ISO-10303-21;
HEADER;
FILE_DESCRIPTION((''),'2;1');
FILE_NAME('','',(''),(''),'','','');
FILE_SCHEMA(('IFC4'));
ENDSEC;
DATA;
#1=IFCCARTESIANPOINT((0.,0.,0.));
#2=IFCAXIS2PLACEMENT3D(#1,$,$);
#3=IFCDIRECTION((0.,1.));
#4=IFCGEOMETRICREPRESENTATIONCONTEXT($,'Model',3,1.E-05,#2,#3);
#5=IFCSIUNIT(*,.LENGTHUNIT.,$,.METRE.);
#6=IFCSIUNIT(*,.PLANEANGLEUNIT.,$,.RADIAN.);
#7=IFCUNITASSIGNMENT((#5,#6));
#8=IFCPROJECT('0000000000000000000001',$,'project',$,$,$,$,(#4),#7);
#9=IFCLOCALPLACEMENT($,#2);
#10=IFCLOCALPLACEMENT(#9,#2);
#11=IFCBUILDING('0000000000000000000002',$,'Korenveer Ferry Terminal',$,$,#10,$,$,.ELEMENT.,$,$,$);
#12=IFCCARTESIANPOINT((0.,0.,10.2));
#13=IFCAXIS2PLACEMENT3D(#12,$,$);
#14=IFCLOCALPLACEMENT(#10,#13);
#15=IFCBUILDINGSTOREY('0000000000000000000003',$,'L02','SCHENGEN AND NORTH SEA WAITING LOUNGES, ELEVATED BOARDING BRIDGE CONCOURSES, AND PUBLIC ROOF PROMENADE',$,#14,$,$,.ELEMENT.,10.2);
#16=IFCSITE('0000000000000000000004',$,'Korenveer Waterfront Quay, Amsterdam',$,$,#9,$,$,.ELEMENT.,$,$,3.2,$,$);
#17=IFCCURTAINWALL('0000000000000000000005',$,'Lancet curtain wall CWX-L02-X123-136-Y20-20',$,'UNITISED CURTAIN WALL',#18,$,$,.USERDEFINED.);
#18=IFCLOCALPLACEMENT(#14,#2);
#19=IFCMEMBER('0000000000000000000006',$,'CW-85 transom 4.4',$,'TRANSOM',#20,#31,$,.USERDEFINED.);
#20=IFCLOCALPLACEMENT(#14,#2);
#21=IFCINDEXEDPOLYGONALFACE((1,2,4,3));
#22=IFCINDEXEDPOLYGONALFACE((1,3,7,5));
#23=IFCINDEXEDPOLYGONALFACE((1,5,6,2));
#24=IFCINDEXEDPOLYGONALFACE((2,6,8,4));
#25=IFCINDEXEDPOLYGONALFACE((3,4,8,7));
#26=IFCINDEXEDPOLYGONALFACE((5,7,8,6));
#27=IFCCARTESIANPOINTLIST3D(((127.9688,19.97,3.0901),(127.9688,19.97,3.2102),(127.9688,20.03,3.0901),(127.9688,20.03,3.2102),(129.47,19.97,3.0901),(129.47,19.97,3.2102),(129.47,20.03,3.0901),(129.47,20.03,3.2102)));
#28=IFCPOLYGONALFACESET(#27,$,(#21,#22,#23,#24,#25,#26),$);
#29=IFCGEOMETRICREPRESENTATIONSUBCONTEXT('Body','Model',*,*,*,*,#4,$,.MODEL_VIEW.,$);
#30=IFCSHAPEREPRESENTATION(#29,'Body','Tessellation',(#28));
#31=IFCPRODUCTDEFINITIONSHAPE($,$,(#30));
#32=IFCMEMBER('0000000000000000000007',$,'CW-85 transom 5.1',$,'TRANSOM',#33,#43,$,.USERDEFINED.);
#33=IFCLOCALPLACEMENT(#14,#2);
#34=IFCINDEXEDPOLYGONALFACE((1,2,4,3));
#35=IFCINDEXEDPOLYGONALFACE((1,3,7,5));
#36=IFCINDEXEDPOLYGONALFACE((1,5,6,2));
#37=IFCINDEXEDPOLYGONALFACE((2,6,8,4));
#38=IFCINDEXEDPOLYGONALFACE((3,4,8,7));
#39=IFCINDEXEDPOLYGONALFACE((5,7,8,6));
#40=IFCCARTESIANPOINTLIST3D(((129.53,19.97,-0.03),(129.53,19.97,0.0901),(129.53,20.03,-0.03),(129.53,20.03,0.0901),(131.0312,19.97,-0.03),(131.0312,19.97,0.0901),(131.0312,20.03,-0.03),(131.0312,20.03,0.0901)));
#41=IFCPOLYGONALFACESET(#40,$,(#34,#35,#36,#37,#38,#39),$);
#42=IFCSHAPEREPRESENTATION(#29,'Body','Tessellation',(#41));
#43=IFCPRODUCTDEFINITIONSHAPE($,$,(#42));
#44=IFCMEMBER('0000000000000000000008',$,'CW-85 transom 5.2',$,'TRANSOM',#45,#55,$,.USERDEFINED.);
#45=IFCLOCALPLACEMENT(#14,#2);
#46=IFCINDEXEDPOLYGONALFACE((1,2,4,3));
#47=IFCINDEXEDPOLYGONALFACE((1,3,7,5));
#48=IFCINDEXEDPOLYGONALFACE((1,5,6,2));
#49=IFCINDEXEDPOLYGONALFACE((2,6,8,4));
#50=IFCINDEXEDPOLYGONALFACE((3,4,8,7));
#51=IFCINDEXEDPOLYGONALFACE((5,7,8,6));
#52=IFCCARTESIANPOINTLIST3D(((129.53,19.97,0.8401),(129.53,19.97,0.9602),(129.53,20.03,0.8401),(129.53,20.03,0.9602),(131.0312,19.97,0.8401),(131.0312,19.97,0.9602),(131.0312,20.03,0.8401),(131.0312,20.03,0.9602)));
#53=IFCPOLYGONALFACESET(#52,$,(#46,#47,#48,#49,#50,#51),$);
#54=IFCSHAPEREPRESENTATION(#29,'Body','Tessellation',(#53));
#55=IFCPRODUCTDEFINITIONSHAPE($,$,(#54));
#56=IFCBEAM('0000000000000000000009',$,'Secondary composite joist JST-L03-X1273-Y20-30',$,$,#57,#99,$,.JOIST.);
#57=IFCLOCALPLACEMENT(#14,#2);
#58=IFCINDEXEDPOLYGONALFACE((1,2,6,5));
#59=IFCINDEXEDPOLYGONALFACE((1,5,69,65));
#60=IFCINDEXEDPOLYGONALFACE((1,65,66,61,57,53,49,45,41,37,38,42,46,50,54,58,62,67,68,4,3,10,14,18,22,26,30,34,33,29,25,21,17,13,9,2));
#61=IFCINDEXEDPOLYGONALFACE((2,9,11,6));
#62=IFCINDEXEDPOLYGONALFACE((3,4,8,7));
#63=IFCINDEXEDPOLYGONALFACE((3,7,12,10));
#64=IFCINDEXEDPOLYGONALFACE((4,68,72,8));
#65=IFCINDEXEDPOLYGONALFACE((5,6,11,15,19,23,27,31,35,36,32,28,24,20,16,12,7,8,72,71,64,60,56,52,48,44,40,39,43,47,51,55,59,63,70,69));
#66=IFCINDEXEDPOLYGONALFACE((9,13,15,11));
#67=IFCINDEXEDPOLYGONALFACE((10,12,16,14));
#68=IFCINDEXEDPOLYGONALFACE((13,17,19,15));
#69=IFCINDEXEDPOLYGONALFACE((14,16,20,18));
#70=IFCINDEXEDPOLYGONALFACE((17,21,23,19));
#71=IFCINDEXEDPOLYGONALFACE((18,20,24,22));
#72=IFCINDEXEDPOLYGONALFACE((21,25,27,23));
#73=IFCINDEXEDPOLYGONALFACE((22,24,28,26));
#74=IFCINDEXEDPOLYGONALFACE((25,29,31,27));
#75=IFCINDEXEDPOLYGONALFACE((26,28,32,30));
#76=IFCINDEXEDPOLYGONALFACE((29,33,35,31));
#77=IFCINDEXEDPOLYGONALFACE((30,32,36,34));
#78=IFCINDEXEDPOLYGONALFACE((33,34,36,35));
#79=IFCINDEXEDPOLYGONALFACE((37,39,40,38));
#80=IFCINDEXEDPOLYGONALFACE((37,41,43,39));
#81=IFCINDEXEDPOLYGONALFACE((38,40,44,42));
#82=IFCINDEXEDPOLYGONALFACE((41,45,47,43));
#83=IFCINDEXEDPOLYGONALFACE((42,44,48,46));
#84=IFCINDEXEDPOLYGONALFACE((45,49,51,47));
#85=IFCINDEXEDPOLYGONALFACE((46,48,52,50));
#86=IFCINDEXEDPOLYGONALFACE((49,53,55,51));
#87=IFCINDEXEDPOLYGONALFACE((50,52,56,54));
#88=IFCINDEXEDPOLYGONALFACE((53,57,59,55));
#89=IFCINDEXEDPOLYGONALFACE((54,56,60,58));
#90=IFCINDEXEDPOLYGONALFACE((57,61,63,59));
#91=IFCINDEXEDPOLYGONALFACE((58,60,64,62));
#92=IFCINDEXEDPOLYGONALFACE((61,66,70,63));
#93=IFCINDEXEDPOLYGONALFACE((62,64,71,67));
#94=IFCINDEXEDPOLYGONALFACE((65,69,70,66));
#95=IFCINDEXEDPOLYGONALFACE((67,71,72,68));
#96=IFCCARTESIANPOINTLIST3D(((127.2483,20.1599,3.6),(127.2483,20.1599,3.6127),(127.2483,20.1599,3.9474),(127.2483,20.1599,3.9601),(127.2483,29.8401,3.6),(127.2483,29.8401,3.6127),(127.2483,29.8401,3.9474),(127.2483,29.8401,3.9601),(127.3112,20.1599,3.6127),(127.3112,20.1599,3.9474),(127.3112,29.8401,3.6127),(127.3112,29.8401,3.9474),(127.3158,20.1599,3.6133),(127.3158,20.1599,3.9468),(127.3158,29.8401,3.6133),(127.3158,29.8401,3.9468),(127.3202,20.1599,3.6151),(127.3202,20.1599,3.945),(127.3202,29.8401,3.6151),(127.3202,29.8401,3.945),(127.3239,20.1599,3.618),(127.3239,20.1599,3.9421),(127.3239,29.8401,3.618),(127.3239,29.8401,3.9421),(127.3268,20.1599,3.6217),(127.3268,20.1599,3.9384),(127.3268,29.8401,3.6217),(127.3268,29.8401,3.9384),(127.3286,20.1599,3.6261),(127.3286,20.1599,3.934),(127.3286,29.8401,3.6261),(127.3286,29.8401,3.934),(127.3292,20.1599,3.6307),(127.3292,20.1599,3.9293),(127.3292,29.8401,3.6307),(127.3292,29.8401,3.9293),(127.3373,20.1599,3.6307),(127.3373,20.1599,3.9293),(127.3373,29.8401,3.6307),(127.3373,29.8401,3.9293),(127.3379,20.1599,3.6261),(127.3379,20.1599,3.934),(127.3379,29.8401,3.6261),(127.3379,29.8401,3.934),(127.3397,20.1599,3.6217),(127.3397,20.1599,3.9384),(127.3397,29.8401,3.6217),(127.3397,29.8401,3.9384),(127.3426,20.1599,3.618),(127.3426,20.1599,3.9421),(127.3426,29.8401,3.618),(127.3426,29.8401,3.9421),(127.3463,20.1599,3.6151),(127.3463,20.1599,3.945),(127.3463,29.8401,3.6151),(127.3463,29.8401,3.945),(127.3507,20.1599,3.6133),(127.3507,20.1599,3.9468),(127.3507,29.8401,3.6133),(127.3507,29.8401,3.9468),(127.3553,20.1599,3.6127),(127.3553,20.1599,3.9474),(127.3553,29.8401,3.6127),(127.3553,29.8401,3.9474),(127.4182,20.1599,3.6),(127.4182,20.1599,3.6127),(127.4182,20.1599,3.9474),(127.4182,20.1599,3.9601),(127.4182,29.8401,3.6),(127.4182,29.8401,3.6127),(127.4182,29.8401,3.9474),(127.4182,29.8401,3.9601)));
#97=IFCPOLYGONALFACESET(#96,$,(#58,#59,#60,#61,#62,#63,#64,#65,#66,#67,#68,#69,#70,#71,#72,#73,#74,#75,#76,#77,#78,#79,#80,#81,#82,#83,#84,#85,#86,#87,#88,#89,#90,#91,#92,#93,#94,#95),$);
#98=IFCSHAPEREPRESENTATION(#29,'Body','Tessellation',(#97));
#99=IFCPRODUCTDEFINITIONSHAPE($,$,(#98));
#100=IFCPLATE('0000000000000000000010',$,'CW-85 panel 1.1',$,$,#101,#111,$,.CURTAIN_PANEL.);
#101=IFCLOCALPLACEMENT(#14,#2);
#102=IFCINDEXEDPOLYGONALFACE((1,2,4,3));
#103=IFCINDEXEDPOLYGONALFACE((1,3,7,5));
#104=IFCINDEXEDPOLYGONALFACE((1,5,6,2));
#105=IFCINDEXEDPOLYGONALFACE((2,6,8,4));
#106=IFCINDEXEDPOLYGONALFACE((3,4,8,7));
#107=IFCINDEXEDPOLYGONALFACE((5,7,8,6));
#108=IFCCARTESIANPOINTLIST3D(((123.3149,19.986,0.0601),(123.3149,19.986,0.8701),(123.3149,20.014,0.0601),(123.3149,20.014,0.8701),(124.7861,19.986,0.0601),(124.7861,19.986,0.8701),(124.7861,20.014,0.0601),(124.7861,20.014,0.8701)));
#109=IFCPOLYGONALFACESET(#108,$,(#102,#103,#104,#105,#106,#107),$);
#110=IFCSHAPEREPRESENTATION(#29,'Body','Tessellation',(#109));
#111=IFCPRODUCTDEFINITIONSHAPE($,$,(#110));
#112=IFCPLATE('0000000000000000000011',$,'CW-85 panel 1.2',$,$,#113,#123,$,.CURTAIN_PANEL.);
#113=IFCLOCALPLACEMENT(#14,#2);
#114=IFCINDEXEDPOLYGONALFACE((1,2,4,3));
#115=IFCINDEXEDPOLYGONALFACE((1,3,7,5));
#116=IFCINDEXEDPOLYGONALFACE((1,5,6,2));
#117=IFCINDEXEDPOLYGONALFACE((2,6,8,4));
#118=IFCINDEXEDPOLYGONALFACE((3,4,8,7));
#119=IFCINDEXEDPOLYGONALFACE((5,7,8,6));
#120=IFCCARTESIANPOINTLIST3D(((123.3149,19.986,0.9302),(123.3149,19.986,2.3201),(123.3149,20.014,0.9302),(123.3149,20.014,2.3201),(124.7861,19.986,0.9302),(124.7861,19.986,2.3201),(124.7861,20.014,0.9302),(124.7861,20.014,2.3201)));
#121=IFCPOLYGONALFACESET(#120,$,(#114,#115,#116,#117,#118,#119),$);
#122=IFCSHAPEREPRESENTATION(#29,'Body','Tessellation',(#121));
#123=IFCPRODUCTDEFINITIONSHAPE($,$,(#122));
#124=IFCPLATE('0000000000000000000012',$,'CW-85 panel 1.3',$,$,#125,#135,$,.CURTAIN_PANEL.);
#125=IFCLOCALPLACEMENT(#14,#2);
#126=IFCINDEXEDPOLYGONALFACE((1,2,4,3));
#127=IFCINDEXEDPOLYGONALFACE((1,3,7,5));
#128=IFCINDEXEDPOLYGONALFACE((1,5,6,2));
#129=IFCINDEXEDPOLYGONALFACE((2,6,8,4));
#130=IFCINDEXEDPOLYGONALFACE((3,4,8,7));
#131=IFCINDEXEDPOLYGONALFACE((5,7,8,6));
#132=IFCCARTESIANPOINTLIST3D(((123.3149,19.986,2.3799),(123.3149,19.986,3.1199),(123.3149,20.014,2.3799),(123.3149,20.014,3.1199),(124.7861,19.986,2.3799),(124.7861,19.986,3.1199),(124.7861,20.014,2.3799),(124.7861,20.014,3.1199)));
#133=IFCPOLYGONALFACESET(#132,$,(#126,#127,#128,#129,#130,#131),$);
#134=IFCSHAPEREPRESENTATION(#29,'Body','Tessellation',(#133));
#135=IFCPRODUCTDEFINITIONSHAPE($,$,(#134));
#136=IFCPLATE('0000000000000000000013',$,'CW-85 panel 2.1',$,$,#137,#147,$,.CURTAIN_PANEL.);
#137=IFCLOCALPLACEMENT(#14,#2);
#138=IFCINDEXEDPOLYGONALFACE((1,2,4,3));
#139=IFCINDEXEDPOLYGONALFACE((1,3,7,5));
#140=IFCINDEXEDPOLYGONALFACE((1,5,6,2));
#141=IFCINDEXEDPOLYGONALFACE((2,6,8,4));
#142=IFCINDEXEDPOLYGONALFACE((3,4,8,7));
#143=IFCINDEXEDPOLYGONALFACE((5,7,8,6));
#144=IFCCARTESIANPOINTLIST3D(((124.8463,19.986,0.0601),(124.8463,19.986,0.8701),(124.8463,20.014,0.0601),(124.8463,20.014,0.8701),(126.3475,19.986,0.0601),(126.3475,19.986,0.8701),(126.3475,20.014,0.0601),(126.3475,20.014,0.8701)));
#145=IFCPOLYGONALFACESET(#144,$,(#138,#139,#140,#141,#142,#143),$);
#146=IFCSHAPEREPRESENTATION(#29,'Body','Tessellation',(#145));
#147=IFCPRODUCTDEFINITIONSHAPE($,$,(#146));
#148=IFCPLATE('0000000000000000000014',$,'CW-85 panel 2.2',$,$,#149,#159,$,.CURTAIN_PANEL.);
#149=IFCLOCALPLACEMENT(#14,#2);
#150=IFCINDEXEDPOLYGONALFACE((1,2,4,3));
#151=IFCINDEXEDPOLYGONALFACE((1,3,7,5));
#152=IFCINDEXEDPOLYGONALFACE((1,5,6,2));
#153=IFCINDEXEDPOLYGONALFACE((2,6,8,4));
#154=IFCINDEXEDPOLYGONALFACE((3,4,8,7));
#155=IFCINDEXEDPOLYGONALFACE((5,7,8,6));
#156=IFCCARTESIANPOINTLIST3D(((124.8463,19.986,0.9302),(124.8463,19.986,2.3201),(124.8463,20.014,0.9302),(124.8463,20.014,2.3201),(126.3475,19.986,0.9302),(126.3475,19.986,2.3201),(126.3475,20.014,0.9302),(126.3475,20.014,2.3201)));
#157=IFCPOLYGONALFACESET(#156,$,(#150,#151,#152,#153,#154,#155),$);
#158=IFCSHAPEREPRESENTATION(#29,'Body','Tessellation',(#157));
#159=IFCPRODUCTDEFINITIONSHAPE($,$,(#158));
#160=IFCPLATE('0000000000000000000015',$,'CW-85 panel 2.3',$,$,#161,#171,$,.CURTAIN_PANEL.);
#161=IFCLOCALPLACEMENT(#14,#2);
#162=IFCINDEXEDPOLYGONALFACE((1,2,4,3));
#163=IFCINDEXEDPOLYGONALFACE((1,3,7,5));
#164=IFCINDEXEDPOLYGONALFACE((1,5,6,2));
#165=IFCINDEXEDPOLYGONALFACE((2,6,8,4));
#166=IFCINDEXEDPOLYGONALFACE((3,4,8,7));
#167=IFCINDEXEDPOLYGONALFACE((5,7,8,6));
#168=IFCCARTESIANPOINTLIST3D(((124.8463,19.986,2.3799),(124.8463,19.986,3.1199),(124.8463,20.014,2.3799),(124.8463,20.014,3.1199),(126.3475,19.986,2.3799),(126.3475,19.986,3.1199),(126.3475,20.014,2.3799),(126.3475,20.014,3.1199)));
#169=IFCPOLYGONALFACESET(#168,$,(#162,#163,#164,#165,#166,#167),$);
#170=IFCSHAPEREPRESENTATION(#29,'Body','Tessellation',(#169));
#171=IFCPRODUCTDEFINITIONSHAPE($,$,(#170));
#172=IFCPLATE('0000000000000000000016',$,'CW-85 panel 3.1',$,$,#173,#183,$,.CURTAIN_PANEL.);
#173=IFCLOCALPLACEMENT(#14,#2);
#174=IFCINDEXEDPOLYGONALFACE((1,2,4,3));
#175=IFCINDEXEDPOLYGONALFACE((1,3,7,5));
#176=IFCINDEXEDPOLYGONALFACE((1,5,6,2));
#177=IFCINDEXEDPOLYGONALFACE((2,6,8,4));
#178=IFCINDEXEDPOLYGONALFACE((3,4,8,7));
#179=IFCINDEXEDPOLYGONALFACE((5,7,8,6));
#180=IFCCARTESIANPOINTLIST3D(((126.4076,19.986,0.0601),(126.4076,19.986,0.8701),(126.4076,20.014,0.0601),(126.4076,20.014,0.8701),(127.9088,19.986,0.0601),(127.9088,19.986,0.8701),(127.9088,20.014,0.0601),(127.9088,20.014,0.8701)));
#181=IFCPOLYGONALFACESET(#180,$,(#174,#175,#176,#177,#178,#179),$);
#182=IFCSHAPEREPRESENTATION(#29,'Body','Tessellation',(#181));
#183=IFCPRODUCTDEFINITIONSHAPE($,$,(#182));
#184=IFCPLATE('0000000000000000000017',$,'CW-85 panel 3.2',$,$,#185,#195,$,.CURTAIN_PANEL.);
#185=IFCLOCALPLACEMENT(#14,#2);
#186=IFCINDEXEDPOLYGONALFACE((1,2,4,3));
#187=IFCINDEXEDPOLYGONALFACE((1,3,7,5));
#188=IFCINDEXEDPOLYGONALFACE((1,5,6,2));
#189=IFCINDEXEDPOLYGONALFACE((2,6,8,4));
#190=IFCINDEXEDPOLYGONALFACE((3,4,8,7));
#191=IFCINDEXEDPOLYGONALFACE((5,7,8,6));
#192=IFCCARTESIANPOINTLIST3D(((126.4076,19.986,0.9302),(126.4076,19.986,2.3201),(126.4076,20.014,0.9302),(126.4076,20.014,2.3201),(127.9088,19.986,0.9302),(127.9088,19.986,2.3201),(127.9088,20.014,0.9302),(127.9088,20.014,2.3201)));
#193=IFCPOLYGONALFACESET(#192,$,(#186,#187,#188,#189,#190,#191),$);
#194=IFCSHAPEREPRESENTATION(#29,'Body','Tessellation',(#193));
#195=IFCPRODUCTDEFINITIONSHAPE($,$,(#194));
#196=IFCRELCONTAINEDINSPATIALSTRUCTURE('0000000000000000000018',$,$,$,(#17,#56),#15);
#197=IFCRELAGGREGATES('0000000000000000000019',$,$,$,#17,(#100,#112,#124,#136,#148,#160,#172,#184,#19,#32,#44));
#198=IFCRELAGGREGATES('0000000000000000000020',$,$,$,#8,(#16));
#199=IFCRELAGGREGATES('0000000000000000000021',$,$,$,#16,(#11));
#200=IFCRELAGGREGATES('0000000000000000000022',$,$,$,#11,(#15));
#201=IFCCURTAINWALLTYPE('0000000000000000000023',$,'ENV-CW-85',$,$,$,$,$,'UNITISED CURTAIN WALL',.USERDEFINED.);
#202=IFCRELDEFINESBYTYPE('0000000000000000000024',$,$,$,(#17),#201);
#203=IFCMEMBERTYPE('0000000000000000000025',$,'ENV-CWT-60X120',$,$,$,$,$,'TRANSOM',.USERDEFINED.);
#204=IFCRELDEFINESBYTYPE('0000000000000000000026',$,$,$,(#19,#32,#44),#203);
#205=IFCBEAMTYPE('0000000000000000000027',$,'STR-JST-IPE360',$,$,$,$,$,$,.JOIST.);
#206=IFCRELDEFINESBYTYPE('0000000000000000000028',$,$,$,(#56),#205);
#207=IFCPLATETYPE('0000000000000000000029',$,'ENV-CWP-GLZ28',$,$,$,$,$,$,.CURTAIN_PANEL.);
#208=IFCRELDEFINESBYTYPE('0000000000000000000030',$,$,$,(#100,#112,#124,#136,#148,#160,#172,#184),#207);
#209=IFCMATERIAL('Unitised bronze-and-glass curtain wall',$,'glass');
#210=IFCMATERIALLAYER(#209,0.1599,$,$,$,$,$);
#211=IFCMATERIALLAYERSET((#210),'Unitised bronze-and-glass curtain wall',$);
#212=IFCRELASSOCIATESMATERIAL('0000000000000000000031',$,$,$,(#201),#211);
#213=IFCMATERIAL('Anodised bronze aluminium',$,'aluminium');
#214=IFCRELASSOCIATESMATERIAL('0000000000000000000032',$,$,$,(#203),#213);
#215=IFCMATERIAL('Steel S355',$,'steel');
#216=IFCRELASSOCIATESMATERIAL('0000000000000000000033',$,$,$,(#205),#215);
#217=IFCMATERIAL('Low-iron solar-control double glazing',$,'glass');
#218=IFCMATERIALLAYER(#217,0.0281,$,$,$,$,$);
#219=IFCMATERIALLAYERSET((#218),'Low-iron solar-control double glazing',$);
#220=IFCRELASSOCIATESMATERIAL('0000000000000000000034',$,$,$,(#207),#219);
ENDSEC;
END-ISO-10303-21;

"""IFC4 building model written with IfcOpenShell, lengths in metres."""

from ifc_helpers import new_model, si_unit, direction, frame, origin, origin_2d, place, context, subcontext, project, spatial, rectangle, i_section, extrude, material, layer, layer_set, material_profile, profile_set, type_object, element, aggregate, save


model = new_model("IFC4")

# Units and contexts
model_context = context("Model", 3, precision=1e-05, world=origin(), true_north=direction((0.0, 1.0)))
body_context = subcontext(model_context, "Body", "Model", "MODEL_VIEW")
ifc_project = project(units=[si_unit("LENGTHUNIT", "METRE"), si_unit("PLANEANGLEUNIT", "RADIAN")], contexts=[model_context])

# Site, building, storey
site_placement = place(None, origin())
site = spatial("IfcSite", under=ifc_project, at=site_placement, Name="Korenveer Waterfront Quay, Amsterdam", CompositionType="ELEMENT", RefElevation=3.2)
building_placement = place(site_placement, origin())
building = spatial("IfcBuilding", under=site, at=building_placement, Name="Korenveer Ferry Terminal", CompositionType="ELEMENT")
storey_placement = place(building_placement, frame((0.0, 0.0, 10.2)))
storey = spatial("IfcBuildingStorey", under=building, at=storey_placement, Name="L02", Description="SCHENGEN AND NORTH SEA WAITING LOUNGES, ELEVATED BOARDING BRIDGE CONCOURSES, AND PUBLIC ROOF PROMENADE", CompositionType="ELEMENT", Elevation=10.2)

# Curtain wall, members
ifc_material_1 = material(Name="Unitised bronze-and-glass curtain wall", Category="glass")
ifc_layer_1 = layer(ifc_material_1, 0.1599)
ifc_layer_set_1 = layer_set([ifc_layer_1], Name="Unitised bronze-and-glass curtain wall")
curtain_wall_type = type_object("IfcCurtainWallType", Name="ENV-CW-85", ElementType="UNITISED CURTAIN WALL", PredefinedType="USERDEFINED", material=ifc_layer_set_1)
curtain_wall_placement = place(storey_placement, frame((123.2549, 20.0, 0.0)))
curtain_wall = element("IfcCurtainWall", 1, at=curtain_wall_placement, inside=storey, type_object=curtain_wall_type, Name="Lancet curtain wall CWX-L02-X123-136-Y20-20", ObjectType="UNITISED CURTAIN WALL", PredefinedType="USERDEFINED")
ifc_material_2 = material(Name="Anodised bronze aluminium", Category="aluminium")
ifc_material_profile_1 = material_profile(ifc_material_2, rectangle(XDim=0.0601, YDim=0.1201, at=origin_2d()), Name="ALU 60x120")
ifc_profile_set_1 = profile_set([ifc_material_profile_1], Name="Anodised bronze aluminium")
member_type_1 = type_object("IfcMemberType", Name="ENV-CWT-60X120", ElementType="TRANSOM", PredefinedType="USERDEFINED", material=ifc_profile_set_1)
member_1_placement = place(storey_placement, frame((127.9688, 20.0, 3.1501), z_axis=(1.0, 0.0, 0.0), x_axis=(0.0, 1.0, 0.0)))
member_1 = element("IfcMember", 2, at=member_1_placement, type_object=member_type_1, Name="CW-85 transom 4.4", ObjectType="TRANSOM", PredefinedType="USERDEFINED", context=body_context, shape_type="SweptSolid", body=[
    extrude(rectangle(XDim=0.0601, YDim=0.1201, at=origin_2d()), origin(), (0.0, 0.0, 1.0), 1.5012),
])
member_2_placement = place(storey_placement, frame((129.53, 20.0, 0.03), z_axis=(1.0, 0.0, 0.0), x_axis=(0.0, 1.0, 0.0)))
member_2 = element("IfcMember", 3, at=member_2_placement, type_object=member_type_1, Name="CW-85 transom 5.1", ObjectType="TRANSOM", PredefinedType="USERDEFINED", context=body_context, shape_type="SweptSolid", body=[
    extrude(rectangle(XDim=0.0601, YDim=0.1201, at=origin_2d()), origin(), (0.0, 0.0, 1.0), 1.5012),
])
member_3_placement = place(storey_placement, frame((129.53, 20.0, 0.9001), z_axis=(1.0, 0.0, 0.0), x_axis=(0.0, 1.0, 0.0)))
member_3 = element("IfcMember", 4, at=member_3_placement, type_object=member_type_1, Name="CW-85 transom 5.2", ObjectType="TRANSOM", PredefinedType="USERDEFINED", context=body_context, shape_type="SweptSolid", body=[
    extrude(rectangle(XDim=0.0601, YDim=0.1201, at=origin_2d()), origin(), (0.0, 0.0, 1.0), 1.5012),
])

# Beam
ifc_material_3 = material(Name="Steel S355", Category="steel")
ifc_material_profile_2 = material_profile(ifc_material_3, i_section(OverallWidth=0.1699, OverallDepth=0.3601, WebThickness=0.0081, FlangeThickness=0.0127, FilletRadius=0.0181, at=origin_2d()), Name="IPE 360")
ifc_profile_set_2 = profile_set([ifc_material_profile_2], Name="Steel S355")
beam_type = type_object("IfcBeamType", Name="STR-JST-IPE360", PredefinedType="JOIST", material=ifc_profile_set_2)
beam_placement = place(storey_placement, frame((127.3333, 20.1599, 3.78), z_axis=(0.0, 1.0, 0.0), x_axis=(-1.0, 0.0, 0.0)))
element("IfcBeam", 5, at=beam_placement, inside=storey, type_object=beam_type, Name="Secondary composite joist JST-L03-X1273-Y20-30", PredefinedType="JOIST", context=body_context, shape_type="SweptSolid", body=[
    extrude(i_section(OverallWidth=0.1699, OverallDepth=0.3601, WebThickness=0.0081, FlangeThickness=0.0127, FilletRadius=0.0181, at=origin_2d()), origin(), (0.0, 0.0, 1.0), 9.6802),
])

# Plates
ifc_material_4 = material(Name="Low-iron solar-control double glazing", Category="glass")
ifc_layer_2 = layer(ifc_material_4, 0.0281)
ifc_layer_set_2 = layer_set([ifc_layer_2], Name="Low-iron solar-control double glazing")
plate_type = type_object("IfcPlateType", Name="ENV-CWP-GLZ28", PredefinedType="CURTAIN_PANEL", material=ifc_layer_set_2)
plate_1_placement = place(storey_placement, frame((124.0505, 20.0, 0.0601), z_axis=(0.0, 0.0, 1.0), x_axis=(1.0, 0.0, 0.0)))
plate_1 = element("IfcPlate", 6, at=plate_1_placement, type_object=plate_type, Name="CW-85 panel 1.1", PredefinedType="CURTAIN_PANEL", context=body_context, shape_type="SweptSolid", body=[
    extrude(rectangle(XDim=1.4712, YDim=0.0281, at=origin_2d()), origin(), (0.0, 0.0, 1.0), 0.8101),
])
plate_2_placement = place(storey_placement, frame((124.0505, 20.0, 0.9302), z_axis=(0.0, 0.0, 1.0), x_axis=(1.0, 0.0, 0.0)))
plate_2 = element("IfcPlate", 7, at=plate_2_placement, type_object=plate_type, Name="CW-85 panel 1.2", PredefinedType="CURTAIN_PANEL", context=body_context, shape_type="SweptSolid", body=[
    extrude(rectangle(XDim=1.4712, YDim=0.0281, at=origin_2d()), origin(), (0.0, 0.0, 1.0), 1.3899),
])
plate_3_placement = place(storey_placement, frame((124.0505, 20.0, 2.3799), z_axis=(0.0, 0.0, 1.0), x_axis=(1.0, 0.0, 0.0)))
plate_3 = element("IfcPlate", 8, at=plate_3_placement, type_object=plate_type, Name="CW-85 panel 1.3", PredefinedType="CURTAIN_PANEL", context=body_context, shape_type="SweptSolid", body=[
    extrude(rectangle(XDim=1.4712, YDim=0.0281, at=origin_2d()), origin(), (0.0, 0.0, 1.0), 0.74),
])
plate_4_placement = place(storey_placement, frame((125.5969, 20.0, 0.0601), z_axis=(0.0, 0.0, 1.0), x_axis=(1.0, 0.0, 0.0)))
plate_4 = element("IfcPlate", 9, at=plate_4_placement, type_object=plate_type, Name="CW-85 panel 2.1", PredefinedType="CURTAIN_PANEL", context=body_context, shape_type="SweptSolid", body=[
    extrude(rectangle(XDim=1.5012, YDim=0.0281, at=origin_2d()), origin(), (0.0, 0.0, 1.0), 0.8101),
])
plate_5_placement = place(storey_placement, frame((125.5969, 20.0, 0.9302), z_axis=(0.0, 0.0, 1.0), x_axis=(1.0, 0.0, 0.0)))
plate_5 = element("IfcPlate", 10, at=plate_5_placement, type_object=plate_type, Name="CW-85 panel 2.2", PredefinedType="CURTAIN_PANEL", context=body_context, shape_type="SweptSolid", body=[
    extrude(rectangle(XDim=1.5012, YDim=0.0281, at=origin_2d()), origin(), (0.0, 0.0, 1.0), 1.3899),
])
plate_6_placement = place(storey_placement, frame((125.5969, 20.0, 2.3799), z_axis=(0.0, 0.0, 1.0), x_axis=(1.0, 0.0, 0.0)))
plate_6 = element("IfcPlate", 11, at=plate_6_placement, type_object=plate_type, Name="CW-85 panel 2.3", PredefinedType="CURTAIN_PANEL", context=body_context, shape_type="SweptSolid", body=[
    extrude(rectangle(XDim=1.5012, YDim=0.0281, at=origin_2d()), origin(), (0.0, 0.0, 1.0), 0.74),
])
plate_7_placement = place(storey_placement, frame((127.1582, 20.0, 0.0601), z_axis=(0.0, 0.0, 1.0), x_axis=(1.0, 0.0, 0.0)))
plate_7 = element("IfcPlate", 12, at=plate_7_placement, type_object=plate_type, Name="CW-85 panel 3.1", PredefinedType="CURTAIN_PANEL", context=body_context, shape_type="SweptSolid", body=[
    extrude(rectangle(XDim=1.5012, YDim=0.0281, at=origin_2d()), origin(), (0.0, 0.0, 1.0), 0.8101),
])
plate_8_placement = place(storey_placement, frame((127.1582, 20.0, 0.9302), z_axis=(0.0, 0.0, 1.0), x_axis=(1.0, 0.0, 0.0)))
plate_8 = element("IfcPlate", 13, at=plate_8_placement, type_object=plate_type, Name="CW-85 panel 3.2", PredefinedType="CURTAIN_PANEL", context=body_context, shape_type="SweptSolid", body=[
    extrude(rectangle(XDim=1.5012, YDim=0.0281, at=origin_2d()), origin(), (0.0, 0.0, 1.0), 1.3899),
])
aggregate(curtain_wall, [plate_1, plate_2, plate_3, plate_4, plate_5, plate_6, plate_7, plate_8, member_1, member_2, member_3])

save(model, "model.ifc")
